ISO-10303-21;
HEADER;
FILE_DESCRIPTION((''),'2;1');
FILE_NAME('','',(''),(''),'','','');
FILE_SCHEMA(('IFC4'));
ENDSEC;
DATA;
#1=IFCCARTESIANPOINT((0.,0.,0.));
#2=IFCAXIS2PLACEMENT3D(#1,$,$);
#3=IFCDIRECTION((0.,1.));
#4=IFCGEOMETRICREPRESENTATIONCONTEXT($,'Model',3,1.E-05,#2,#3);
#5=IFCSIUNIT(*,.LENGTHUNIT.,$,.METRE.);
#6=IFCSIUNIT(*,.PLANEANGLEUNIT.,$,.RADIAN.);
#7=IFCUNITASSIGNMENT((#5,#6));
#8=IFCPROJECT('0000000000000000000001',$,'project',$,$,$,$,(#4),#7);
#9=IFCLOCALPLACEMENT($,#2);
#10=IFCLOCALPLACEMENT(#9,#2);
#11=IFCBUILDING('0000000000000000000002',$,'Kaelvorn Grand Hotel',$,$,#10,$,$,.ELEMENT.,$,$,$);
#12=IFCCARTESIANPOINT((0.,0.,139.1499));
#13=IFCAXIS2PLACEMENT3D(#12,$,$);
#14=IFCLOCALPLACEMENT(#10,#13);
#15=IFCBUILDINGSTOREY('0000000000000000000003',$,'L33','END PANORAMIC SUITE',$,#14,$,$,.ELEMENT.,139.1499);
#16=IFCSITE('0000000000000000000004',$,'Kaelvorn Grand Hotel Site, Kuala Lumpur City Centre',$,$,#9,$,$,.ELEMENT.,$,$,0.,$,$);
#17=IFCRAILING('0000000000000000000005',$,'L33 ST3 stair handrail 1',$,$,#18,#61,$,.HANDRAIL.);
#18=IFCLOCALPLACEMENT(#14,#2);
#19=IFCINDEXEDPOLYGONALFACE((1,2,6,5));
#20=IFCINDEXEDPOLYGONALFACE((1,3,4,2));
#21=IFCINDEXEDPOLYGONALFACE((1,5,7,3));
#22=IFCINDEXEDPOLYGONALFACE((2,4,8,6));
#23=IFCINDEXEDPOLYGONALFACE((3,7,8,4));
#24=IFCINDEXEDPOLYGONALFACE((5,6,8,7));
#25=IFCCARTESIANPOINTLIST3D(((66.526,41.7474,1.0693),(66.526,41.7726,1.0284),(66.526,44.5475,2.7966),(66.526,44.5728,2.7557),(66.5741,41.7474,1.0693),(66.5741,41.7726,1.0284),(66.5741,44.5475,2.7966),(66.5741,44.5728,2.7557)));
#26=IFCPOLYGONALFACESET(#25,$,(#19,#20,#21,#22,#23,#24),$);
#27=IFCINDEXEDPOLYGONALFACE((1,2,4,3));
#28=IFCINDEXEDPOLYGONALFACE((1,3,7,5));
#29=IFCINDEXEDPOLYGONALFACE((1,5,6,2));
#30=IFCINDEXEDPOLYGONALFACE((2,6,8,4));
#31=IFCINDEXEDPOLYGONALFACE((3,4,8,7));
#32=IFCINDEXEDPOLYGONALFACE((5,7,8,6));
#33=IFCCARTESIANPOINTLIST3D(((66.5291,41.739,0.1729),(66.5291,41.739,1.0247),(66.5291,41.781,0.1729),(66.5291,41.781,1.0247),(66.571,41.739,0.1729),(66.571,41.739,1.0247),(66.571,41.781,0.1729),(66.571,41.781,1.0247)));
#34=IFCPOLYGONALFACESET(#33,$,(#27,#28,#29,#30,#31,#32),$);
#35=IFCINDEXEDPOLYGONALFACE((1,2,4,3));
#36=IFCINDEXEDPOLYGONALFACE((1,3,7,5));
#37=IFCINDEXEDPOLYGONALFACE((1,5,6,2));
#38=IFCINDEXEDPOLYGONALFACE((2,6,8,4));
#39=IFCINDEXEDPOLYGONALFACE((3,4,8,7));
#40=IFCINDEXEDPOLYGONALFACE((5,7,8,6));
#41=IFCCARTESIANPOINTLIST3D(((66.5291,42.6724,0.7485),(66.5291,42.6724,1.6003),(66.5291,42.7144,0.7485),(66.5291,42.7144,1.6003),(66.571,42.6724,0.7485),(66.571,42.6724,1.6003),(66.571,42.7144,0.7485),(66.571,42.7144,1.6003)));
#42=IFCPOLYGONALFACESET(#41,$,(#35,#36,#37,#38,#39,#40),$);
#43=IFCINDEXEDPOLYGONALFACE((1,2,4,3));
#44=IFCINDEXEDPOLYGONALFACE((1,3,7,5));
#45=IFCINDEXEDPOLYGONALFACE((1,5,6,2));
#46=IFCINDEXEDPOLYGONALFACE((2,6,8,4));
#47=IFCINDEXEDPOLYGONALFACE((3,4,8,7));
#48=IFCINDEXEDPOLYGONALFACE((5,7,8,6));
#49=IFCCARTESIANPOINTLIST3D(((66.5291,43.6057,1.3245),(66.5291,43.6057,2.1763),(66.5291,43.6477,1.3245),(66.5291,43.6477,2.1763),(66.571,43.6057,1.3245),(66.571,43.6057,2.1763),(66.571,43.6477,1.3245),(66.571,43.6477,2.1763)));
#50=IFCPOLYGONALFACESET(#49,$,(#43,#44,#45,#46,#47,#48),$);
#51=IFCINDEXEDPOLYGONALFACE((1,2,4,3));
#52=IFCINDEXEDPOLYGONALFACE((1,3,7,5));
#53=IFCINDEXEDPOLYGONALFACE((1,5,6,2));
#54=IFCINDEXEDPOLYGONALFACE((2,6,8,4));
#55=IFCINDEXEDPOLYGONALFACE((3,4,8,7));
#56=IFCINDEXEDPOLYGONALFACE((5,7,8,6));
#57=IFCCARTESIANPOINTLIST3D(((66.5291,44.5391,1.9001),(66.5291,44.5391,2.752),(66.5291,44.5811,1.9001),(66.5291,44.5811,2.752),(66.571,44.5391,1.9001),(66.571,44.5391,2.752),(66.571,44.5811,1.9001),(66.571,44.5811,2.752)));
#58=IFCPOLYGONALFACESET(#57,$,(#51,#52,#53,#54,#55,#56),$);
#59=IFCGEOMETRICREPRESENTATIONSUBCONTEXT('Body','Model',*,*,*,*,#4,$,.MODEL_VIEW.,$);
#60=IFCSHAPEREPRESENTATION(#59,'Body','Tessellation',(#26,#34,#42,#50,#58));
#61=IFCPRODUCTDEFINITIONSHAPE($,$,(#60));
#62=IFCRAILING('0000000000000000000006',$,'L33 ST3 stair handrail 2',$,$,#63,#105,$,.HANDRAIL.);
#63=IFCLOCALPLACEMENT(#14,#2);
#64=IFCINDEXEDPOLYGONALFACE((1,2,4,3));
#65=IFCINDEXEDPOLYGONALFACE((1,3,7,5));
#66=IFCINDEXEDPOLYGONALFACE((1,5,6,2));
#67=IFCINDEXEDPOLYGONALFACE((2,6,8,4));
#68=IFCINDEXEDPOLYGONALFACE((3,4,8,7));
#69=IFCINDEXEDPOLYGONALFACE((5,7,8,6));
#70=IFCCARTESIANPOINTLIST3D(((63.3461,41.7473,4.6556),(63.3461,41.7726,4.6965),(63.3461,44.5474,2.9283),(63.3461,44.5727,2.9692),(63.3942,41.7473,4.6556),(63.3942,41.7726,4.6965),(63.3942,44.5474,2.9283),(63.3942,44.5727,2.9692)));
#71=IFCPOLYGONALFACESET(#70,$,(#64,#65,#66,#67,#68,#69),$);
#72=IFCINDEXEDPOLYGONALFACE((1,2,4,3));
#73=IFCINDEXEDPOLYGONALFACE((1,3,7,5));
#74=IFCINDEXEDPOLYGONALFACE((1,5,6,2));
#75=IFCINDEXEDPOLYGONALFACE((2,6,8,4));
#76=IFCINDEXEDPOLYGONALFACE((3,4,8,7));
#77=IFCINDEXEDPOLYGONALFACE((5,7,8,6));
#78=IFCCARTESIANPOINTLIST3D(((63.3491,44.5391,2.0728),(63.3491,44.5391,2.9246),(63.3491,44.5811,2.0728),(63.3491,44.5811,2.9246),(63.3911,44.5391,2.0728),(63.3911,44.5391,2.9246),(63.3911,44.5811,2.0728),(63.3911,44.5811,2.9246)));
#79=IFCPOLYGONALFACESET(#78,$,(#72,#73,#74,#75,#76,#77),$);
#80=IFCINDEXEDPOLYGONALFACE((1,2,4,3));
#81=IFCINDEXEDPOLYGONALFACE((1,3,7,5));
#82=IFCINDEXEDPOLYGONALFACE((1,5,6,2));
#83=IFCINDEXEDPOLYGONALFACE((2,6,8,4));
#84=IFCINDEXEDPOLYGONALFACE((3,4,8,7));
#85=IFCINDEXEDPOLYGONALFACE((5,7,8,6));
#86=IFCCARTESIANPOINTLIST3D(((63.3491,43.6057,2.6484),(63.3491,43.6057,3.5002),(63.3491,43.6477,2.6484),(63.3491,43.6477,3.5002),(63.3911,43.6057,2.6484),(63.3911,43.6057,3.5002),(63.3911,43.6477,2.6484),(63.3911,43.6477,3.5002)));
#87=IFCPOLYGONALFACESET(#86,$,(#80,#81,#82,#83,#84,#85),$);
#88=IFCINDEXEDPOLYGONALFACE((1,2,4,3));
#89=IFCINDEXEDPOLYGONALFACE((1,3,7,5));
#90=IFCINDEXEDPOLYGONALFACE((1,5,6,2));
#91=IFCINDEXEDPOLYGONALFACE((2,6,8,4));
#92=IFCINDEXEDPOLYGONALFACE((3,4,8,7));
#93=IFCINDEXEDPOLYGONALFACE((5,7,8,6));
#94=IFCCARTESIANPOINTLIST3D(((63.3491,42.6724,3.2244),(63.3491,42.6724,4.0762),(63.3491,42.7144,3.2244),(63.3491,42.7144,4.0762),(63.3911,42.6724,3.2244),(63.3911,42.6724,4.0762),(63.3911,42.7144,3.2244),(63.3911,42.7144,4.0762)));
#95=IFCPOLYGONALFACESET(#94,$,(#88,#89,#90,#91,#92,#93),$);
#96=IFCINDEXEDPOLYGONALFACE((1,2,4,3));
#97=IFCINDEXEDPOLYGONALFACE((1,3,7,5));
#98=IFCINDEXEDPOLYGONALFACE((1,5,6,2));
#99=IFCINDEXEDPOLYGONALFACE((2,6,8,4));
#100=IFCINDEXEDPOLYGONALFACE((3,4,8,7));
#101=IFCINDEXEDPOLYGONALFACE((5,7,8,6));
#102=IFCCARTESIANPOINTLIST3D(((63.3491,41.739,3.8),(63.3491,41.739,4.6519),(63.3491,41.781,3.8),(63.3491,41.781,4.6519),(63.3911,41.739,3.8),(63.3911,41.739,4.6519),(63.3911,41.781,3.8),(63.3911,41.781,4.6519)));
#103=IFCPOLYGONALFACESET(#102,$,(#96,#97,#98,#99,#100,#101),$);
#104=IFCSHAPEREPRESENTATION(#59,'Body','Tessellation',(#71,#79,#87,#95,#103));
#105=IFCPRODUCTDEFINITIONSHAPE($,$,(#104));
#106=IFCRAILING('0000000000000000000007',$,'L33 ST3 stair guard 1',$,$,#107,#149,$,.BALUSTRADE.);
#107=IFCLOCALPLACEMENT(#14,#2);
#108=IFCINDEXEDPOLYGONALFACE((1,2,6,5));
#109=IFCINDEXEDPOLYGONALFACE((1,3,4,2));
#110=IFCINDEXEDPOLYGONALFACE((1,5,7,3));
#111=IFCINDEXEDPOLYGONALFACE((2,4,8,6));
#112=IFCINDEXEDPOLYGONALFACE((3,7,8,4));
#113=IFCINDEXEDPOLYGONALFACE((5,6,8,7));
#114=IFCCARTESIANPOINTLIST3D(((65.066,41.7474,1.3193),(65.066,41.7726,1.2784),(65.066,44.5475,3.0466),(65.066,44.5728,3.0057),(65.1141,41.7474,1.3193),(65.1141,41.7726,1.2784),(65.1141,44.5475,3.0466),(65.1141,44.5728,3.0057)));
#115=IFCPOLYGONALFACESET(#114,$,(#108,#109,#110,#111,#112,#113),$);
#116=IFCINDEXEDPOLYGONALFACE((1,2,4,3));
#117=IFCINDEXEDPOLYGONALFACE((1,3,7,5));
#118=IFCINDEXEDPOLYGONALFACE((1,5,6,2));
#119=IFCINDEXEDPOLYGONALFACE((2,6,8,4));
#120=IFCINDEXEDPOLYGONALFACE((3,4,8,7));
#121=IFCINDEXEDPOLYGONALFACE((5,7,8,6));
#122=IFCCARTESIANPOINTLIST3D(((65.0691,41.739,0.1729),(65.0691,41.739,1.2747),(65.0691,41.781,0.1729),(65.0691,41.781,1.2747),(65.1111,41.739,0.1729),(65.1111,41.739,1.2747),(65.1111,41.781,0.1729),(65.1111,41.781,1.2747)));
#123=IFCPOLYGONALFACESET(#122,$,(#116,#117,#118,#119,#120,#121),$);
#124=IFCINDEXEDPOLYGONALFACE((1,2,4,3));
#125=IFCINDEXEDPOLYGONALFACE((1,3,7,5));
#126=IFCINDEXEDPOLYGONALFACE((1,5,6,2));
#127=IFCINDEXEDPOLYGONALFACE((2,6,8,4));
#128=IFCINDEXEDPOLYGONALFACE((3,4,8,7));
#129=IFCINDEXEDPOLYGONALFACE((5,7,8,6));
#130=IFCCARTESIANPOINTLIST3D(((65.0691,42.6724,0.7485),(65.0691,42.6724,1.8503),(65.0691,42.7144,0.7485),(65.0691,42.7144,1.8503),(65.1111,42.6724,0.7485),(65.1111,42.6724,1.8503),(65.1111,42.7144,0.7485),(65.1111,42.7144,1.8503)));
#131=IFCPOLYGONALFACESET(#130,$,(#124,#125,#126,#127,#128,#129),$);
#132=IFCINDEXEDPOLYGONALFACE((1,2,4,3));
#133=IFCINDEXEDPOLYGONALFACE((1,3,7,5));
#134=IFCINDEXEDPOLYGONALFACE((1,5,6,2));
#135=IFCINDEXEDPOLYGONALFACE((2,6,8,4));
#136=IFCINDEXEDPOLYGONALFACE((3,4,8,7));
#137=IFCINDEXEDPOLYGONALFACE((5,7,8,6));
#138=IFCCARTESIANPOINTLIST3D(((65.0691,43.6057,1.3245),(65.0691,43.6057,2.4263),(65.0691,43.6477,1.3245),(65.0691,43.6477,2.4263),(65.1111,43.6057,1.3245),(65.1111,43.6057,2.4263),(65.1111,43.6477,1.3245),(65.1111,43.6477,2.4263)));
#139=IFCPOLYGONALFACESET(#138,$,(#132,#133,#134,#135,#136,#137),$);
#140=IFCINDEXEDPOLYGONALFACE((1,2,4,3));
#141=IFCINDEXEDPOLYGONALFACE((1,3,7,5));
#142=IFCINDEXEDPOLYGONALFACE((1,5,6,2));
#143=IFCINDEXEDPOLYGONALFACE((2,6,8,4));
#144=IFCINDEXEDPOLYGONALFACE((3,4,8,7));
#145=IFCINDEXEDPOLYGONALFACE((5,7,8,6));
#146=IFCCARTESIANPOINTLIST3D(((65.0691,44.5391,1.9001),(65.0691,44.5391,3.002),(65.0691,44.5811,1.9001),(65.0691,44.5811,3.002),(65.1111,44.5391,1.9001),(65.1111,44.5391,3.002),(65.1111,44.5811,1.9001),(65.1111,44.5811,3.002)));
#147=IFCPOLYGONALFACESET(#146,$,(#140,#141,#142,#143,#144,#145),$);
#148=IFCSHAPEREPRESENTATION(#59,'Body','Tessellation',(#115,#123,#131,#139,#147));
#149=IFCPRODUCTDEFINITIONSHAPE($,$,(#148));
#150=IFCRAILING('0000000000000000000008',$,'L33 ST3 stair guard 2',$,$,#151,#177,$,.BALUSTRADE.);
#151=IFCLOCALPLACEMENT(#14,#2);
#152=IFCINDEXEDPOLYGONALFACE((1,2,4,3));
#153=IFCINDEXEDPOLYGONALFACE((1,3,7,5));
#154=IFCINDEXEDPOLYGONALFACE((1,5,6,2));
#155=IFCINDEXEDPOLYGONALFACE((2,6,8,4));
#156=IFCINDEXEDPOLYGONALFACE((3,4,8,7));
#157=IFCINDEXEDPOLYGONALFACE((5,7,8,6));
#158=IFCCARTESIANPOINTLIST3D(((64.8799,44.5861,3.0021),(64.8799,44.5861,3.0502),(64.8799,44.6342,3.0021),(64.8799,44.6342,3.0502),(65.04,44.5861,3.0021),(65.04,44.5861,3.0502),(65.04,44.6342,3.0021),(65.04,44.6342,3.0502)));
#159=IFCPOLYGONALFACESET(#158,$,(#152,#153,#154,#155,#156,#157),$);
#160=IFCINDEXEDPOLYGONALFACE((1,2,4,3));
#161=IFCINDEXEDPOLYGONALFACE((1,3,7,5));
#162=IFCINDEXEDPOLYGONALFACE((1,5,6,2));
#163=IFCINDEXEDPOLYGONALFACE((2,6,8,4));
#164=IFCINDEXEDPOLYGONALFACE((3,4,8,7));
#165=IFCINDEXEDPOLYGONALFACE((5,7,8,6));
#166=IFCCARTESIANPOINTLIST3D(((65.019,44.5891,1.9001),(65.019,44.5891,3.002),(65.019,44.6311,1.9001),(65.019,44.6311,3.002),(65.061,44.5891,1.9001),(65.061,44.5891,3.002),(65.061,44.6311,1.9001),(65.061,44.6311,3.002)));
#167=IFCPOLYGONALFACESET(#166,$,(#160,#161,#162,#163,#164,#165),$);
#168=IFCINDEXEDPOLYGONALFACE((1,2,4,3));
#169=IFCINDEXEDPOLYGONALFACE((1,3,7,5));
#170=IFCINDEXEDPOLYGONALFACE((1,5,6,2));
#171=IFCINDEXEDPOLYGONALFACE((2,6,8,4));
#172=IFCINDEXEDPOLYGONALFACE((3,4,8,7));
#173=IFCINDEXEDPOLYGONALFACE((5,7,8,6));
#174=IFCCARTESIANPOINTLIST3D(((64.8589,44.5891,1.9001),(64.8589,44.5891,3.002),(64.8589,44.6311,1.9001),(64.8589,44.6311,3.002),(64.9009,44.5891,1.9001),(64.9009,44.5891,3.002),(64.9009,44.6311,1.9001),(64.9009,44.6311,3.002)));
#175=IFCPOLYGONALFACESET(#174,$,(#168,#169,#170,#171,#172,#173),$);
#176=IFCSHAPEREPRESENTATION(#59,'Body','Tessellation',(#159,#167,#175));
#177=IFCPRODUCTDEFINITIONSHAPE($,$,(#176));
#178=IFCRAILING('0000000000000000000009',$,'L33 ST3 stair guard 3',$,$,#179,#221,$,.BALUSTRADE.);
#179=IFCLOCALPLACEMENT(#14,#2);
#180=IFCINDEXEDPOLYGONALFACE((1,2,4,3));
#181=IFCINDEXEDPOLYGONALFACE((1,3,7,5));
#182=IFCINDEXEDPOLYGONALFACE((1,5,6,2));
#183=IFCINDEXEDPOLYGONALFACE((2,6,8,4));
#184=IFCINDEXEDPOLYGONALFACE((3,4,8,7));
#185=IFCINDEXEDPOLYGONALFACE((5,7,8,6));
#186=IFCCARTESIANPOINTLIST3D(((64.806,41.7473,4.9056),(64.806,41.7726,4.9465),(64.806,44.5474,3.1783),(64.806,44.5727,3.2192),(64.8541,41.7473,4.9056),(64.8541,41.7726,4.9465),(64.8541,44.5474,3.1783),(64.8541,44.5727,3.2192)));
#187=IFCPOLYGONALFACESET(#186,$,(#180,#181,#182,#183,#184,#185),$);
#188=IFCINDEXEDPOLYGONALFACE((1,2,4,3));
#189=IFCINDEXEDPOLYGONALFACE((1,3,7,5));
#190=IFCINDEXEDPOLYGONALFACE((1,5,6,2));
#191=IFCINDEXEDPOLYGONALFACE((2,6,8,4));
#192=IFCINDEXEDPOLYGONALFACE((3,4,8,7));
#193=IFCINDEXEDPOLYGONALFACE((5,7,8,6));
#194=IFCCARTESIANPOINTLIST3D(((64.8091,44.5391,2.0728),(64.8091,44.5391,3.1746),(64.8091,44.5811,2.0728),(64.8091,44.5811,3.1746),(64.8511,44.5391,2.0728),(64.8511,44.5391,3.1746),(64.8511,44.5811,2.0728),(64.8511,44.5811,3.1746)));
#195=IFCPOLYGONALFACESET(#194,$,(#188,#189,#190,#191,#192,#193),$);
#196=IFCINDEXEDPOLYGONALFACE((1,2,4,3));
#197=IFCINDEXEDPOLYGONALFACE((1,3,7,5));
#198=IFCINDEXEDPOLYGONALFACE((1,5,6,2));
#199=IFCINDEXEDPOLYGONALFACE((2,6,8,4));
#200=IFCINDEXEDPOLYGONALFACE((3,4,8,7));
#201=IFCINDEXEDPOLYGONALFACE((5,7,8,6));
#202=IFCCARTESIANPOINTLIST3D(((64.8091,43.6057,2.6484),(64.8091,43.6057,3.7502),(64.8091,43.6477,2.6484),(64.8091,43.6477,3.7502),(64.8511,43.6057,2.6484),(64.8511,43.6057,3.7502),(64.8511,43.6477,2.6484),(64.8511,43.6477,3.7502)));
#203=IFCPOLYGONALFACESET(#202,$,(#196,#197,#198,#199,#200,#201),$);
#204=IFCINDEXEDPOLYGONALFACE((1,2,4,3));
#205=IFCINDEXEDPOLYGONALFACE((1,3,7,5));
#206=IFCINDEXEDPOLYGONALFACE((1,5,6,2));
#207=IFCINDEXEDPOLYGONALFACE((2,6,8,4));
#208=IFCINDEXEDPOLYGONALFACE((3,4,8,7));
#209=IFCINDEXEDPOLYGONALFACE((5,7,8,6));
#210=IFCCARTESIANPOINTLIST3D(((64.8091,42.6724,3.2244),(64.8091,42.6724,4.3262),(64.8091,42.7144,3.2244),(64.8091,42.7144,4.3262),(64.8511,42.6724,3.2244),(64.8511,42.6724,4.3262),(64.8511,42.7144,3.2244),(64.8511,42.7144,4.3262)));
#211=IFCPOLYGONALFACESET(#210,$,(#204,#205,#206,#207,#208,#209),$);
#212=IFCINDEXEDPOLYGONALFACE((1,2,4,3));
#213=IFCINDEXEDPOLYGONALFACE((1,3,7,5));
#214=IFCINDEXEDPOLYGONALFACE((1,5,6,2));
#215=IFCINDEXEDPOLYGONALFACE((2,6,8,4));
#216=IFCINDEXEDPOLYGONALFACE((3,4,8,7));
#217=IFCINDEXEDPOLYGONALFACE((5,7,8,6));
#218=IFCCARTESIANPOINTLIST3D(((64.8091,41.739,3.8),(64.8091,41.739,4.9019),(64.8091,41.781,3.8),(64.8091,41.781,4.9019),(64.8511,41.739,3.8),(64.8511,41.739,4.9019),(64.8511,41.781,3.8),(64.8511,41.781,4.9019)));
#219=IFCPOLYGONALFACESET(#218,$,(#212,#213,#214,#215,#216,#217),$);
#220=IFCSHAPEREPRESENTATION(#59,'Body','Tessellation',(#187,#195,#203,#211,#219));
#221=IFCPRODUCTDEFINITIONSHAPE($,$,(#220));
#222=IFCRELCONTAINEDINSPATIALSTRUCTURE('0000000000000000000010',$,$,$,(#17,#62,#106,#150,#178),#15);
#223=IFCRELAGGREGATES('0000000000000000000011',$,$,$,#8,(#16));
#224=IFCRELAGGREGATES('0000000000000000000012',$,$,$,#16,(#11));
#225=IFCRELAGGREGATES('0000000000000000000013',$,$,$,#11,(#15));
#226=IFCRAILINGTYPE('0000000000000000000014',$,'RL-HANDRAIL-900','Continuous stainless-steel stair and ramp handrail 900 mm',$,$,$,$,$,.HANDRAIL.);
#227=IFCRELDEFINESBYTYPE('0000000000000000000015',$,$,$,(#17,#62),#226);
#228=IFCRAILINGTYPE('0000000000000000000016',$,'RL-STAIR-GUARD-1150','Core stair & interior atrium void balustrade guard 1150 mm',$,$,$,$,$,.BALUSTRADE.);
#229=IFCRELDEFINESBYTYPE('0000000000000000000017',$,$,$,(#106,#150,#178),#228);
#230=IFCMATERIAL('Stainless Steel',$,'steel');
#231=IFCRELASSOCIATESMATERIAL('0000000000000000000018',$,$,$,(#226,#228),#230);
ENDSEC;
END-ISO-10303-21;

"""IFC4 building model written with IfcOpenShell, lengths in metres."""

from ifc_helpers import new_model, si_unit, direction, frame, origin, origin_2d, place, context, subcontext, project, spatial, rectangle, extrude, material, type_object, element, save


model = new_model("IFC4")

# Units and contexts
model_context = context("Model", 3, precision=1e-05, world=origin(), true_north=direction((0.0, 1.0)))
body_context = subcontext(model_context, "Body", "Model", "MODEL_VIEW")
ifc_project = project(units=[si_unit("LENGTHUNIT", "METRE"), si_unit("PLANEANGLEUNIT", "RADIAN")], contexts=[model_context])

# Site, building, storey
site_placement = place(None, origin())
site = spatial("IfcSite", under=ifc_project, at=site_placement, Name="Kaelvorn Grand Hotel Site, Kuala Lumpur City Centre", CompositionType="ELEMENT", RefElevation=0.0)
building_placement = place(site_placement, origin())
building = spatial("IfcBuilding", under=site, at=building_placement, Name="Kaelvorn Grand Hotel", CompositionType="ELEMENT")
storey_placement = place(building_placement, frame((0.0, 0.0, 139.1499)))
storey = spatial("IfcBuildingStorey", under=building, at=storey_placement, Name="L33", Description="END PANORAMIC SUITE", CompositionType="ELEMENT", Elevation=139.1499)

# Shared definitions
ifc_material_1 = material(Name="Stainless Steel", Category="steel")

# Railings
railing_type_1 = type_object("IfcRailingType", Name="RL-HANDRAIL-900", Description="Continuous stainless-steel stair and ramp handrail 900 mm", PredefinedType="HANDRAIL", material=ifc_material_1)
railing_1_placement = place(storey_placement, frame((66.55, 41.76, 0.1729)))
element("IfcRailing", 1, at=railing_1_placement, inside=storey, type_object=railing_type_1, Name="L33 ST3 stair handrail 1", PredefinedType="HANDRAIL", context=body_context, shape_type="SweptSolid", body=[
    extrude(rectangle(XDim=0.0481, YDim=0.0481, at=origin_2d()), frame((0.0, 0.0, 0.876), z_axis=(0.0, 0.85109, 0.52502), x_axis=(-1.0, 0.0, 0.0)), (0.0, 0.0, 1.0), 3.29),
    extrude(rectangle(XDim=0.042, YDim=0.042, at=origin_2d()), origin(), (0.0, 0.0, 1.0), 0.8518),
    extrude(rectangle(XDim=0.042, YDim=0.042, at=origin_2d()), frame((0.0, 0.9333, 0.5757)), (0.0, 0.0, 1.0), 0.8518),
    extrude(rectangle(XDim=0.042, YDim=0.042, at=origin_2d()), frame((0.0, 1.8667, 1.1516)), (0.0, 0.0, 1.0), 0.8518),
    extrude(rectangle(XDim=0.042, YDim=0.042, at=origin_2d()), frame((0.0, 2.8, 1.7273)), (0.0, 0.0, 1.0), 0.8518),
])
railing_2_placement = place(storey_placement, frame((63.3701, 44.5601, 2.0728)))
element("IfcRailing", 2, at=railing_2_placement, inside=storey, type_object=railing_type_1, Name="L33 ST3 stair handrail 2", PredefinedType="HANDRAIL", context=body_context, shape_type="SweptSolid", body=[
    extrude(rectangle(XDim=0.0481, YDim=0.0481, at=origin_2d()), frame((0.0, 0.0, 0.876), z_axis=(0.0, -0.85109, 0.52502), x_axis=(1.0, 0.0, 0.0)), (0.0, 0.0, 1.0), 3.29),
    extrude(rectangle(XDim=0.042, YDim=0.042, at=origin_2d()), origin(), (0.0, 0.0, 1.0), 0.8518),
    extrude(rectangle(XDim=0.042, YDim=0.042, at=origin_2d()), frame((0.0, -0.9333, 0.5757)), (0.0, 0.0, 1.0), 0.8518),
    extrude(rectangle(XDim=0.042, YDim=0.042, at=origin_2d()), frame((0.0, -1.8667, 1.1516)), (0.0, 0.0, 1.0), 0.8518),
    extrude(rectangle(XDim=0.042, YDim=0.042, at=origin_2d()), frame((0.0, -2.8, 1.7273)), (0.0, 0.0, 1.0), 0.8518),
])
railing_type_2 = type_object("IfcRailingType", Name="RL-STAIR-GUARD-1150", Description="Core stair & interior atrium void balustrade guard 1150 mm", PredefinedType="BALUSTRADE", material=ifc_material_1)
railing_3_placement = place(storey_placement, frame((65.0901, 41.76, 0.1729)))
element("IfcRailing", 3, at=railing_3_placement, inside=storey, type_object=railing_type_2, Name="L33 ST3 stair guard 1", PredefinedType="BALUSTRADE", context=body_context, shape_type="SweptSolid", body=[
    extrude(rectangle(XDim=0.0481, YDim=0.0481, at=origin_2d()), frame((0.0, 0.0, 1.126), z_axis=(0.0, 0.85109, 0.52502), x_axis=(-1.0, 0.0, 0.0)), (0.0, 0.0, 1.0), 3.29),
    extrude(rectangle(XDim=0.042, YDim=0.042, at=origin_2d()), origin(), (0.0, 0.0, 1.0), 1.1018),
    extrude(rectangle(XDim=0.042, YDim=0.042, at=origin_2d()), frame((0.0, 0.9333, 0.5757)), (0.0, 0.0, 1.0), 1.1018),
    extrude(rectangle(XDim=0.042, YDim=0.042, at=origin_2d()), frame((0.0, 1.8667, 1.1516)), (0.0, 0.0, 1.0), 1.1018),
    extrude(rectangle(XDim=0.042, YDim=0.042, at=origin_2d()), frame((0.0, 2.8, 1.7273)), (0.0, 0.0, 1.0), 1.1018),
])
railing_4_placement = place(storey_placement, frame((65.04, 44.6101, 1.9001)))
element("IfcRailing", 4, at=railing_4_placement, inside=storey, type_object=railing_type_2, Name="L33 ST3 stair guard 2", PredefinedType="BALUSTRADE", context=body_context, shape_type="SweptSolid", body=[
    extrude(rectangle(XDim=0.0481, YDim=0.0481, at=origin_2d()), frame((0.0, 0.0, 1.126), z_axis=(-1.0, 0.0, 0.0), x_axis=(0.0, -1.0, 0.0)), (0.0, 0.0, 1.0), 0.1602),
    extrude(rectangle(XDim=0.042, YDim=0.042, at=origin_2d()), origin(), (0.0, 0.0, 1.0), 1.1018),
    extrude(rectangle(XDim=0.042, YDim=0.042, at=origin_2d()), frame((-0.1602, 0.0, 0.0)), (0.0, 0.0, 1.0), 1.1018),
])
railing_5_placement = place(storey_placement, frame((64.8301, 44.5601, 2.0728)))
element("IfcRailing", 5, at=railing_5_placement, inside=storey, type_object=railing_type_2, Name="L33 ST3 stair guard 3", PredefinedType="BALUSTRADE", context=body_context, shape_type="SweptSolid", body=[
    extrude(rectangle(XDim=0.0481, YDim=0.0481, at=origin_2d()), frame((0.0, 0.0, 1.126), z_axis=(0.0, -0.85109, 0.52502), x_axis=(1.0, 0.0, 0.0)), (0.0, 0.0, 1.0), 3.29),
    extrude(rectangle(XDim=0.042, YDim=0.042, at=origin_2d()), origin(), (0.0, 0.0, 1.0), 1.1018),
    extrude(rectangle(XDim=0.042, YDim=0.042, at=origin_2d()), frame((0.0, -0.9333, 0.5757)), (0.0, 0.0, 1.0), 1.1018),
    extrude(rectangle(XDim=0.042, YDim=0.042, at=origin_2d()), frame((0.0, -1.8667, 1.1516)), (0.0, 0.0, 1.0), 1.1018),
    extrude(rectangle(XDim=0.042, YDim=0.042, at=origin_2d()), frame((0.0, -2.8, 1.7273)), (0.0, 0.0, 1.0), 1.1018),
])

save(model, "model.ifc")
